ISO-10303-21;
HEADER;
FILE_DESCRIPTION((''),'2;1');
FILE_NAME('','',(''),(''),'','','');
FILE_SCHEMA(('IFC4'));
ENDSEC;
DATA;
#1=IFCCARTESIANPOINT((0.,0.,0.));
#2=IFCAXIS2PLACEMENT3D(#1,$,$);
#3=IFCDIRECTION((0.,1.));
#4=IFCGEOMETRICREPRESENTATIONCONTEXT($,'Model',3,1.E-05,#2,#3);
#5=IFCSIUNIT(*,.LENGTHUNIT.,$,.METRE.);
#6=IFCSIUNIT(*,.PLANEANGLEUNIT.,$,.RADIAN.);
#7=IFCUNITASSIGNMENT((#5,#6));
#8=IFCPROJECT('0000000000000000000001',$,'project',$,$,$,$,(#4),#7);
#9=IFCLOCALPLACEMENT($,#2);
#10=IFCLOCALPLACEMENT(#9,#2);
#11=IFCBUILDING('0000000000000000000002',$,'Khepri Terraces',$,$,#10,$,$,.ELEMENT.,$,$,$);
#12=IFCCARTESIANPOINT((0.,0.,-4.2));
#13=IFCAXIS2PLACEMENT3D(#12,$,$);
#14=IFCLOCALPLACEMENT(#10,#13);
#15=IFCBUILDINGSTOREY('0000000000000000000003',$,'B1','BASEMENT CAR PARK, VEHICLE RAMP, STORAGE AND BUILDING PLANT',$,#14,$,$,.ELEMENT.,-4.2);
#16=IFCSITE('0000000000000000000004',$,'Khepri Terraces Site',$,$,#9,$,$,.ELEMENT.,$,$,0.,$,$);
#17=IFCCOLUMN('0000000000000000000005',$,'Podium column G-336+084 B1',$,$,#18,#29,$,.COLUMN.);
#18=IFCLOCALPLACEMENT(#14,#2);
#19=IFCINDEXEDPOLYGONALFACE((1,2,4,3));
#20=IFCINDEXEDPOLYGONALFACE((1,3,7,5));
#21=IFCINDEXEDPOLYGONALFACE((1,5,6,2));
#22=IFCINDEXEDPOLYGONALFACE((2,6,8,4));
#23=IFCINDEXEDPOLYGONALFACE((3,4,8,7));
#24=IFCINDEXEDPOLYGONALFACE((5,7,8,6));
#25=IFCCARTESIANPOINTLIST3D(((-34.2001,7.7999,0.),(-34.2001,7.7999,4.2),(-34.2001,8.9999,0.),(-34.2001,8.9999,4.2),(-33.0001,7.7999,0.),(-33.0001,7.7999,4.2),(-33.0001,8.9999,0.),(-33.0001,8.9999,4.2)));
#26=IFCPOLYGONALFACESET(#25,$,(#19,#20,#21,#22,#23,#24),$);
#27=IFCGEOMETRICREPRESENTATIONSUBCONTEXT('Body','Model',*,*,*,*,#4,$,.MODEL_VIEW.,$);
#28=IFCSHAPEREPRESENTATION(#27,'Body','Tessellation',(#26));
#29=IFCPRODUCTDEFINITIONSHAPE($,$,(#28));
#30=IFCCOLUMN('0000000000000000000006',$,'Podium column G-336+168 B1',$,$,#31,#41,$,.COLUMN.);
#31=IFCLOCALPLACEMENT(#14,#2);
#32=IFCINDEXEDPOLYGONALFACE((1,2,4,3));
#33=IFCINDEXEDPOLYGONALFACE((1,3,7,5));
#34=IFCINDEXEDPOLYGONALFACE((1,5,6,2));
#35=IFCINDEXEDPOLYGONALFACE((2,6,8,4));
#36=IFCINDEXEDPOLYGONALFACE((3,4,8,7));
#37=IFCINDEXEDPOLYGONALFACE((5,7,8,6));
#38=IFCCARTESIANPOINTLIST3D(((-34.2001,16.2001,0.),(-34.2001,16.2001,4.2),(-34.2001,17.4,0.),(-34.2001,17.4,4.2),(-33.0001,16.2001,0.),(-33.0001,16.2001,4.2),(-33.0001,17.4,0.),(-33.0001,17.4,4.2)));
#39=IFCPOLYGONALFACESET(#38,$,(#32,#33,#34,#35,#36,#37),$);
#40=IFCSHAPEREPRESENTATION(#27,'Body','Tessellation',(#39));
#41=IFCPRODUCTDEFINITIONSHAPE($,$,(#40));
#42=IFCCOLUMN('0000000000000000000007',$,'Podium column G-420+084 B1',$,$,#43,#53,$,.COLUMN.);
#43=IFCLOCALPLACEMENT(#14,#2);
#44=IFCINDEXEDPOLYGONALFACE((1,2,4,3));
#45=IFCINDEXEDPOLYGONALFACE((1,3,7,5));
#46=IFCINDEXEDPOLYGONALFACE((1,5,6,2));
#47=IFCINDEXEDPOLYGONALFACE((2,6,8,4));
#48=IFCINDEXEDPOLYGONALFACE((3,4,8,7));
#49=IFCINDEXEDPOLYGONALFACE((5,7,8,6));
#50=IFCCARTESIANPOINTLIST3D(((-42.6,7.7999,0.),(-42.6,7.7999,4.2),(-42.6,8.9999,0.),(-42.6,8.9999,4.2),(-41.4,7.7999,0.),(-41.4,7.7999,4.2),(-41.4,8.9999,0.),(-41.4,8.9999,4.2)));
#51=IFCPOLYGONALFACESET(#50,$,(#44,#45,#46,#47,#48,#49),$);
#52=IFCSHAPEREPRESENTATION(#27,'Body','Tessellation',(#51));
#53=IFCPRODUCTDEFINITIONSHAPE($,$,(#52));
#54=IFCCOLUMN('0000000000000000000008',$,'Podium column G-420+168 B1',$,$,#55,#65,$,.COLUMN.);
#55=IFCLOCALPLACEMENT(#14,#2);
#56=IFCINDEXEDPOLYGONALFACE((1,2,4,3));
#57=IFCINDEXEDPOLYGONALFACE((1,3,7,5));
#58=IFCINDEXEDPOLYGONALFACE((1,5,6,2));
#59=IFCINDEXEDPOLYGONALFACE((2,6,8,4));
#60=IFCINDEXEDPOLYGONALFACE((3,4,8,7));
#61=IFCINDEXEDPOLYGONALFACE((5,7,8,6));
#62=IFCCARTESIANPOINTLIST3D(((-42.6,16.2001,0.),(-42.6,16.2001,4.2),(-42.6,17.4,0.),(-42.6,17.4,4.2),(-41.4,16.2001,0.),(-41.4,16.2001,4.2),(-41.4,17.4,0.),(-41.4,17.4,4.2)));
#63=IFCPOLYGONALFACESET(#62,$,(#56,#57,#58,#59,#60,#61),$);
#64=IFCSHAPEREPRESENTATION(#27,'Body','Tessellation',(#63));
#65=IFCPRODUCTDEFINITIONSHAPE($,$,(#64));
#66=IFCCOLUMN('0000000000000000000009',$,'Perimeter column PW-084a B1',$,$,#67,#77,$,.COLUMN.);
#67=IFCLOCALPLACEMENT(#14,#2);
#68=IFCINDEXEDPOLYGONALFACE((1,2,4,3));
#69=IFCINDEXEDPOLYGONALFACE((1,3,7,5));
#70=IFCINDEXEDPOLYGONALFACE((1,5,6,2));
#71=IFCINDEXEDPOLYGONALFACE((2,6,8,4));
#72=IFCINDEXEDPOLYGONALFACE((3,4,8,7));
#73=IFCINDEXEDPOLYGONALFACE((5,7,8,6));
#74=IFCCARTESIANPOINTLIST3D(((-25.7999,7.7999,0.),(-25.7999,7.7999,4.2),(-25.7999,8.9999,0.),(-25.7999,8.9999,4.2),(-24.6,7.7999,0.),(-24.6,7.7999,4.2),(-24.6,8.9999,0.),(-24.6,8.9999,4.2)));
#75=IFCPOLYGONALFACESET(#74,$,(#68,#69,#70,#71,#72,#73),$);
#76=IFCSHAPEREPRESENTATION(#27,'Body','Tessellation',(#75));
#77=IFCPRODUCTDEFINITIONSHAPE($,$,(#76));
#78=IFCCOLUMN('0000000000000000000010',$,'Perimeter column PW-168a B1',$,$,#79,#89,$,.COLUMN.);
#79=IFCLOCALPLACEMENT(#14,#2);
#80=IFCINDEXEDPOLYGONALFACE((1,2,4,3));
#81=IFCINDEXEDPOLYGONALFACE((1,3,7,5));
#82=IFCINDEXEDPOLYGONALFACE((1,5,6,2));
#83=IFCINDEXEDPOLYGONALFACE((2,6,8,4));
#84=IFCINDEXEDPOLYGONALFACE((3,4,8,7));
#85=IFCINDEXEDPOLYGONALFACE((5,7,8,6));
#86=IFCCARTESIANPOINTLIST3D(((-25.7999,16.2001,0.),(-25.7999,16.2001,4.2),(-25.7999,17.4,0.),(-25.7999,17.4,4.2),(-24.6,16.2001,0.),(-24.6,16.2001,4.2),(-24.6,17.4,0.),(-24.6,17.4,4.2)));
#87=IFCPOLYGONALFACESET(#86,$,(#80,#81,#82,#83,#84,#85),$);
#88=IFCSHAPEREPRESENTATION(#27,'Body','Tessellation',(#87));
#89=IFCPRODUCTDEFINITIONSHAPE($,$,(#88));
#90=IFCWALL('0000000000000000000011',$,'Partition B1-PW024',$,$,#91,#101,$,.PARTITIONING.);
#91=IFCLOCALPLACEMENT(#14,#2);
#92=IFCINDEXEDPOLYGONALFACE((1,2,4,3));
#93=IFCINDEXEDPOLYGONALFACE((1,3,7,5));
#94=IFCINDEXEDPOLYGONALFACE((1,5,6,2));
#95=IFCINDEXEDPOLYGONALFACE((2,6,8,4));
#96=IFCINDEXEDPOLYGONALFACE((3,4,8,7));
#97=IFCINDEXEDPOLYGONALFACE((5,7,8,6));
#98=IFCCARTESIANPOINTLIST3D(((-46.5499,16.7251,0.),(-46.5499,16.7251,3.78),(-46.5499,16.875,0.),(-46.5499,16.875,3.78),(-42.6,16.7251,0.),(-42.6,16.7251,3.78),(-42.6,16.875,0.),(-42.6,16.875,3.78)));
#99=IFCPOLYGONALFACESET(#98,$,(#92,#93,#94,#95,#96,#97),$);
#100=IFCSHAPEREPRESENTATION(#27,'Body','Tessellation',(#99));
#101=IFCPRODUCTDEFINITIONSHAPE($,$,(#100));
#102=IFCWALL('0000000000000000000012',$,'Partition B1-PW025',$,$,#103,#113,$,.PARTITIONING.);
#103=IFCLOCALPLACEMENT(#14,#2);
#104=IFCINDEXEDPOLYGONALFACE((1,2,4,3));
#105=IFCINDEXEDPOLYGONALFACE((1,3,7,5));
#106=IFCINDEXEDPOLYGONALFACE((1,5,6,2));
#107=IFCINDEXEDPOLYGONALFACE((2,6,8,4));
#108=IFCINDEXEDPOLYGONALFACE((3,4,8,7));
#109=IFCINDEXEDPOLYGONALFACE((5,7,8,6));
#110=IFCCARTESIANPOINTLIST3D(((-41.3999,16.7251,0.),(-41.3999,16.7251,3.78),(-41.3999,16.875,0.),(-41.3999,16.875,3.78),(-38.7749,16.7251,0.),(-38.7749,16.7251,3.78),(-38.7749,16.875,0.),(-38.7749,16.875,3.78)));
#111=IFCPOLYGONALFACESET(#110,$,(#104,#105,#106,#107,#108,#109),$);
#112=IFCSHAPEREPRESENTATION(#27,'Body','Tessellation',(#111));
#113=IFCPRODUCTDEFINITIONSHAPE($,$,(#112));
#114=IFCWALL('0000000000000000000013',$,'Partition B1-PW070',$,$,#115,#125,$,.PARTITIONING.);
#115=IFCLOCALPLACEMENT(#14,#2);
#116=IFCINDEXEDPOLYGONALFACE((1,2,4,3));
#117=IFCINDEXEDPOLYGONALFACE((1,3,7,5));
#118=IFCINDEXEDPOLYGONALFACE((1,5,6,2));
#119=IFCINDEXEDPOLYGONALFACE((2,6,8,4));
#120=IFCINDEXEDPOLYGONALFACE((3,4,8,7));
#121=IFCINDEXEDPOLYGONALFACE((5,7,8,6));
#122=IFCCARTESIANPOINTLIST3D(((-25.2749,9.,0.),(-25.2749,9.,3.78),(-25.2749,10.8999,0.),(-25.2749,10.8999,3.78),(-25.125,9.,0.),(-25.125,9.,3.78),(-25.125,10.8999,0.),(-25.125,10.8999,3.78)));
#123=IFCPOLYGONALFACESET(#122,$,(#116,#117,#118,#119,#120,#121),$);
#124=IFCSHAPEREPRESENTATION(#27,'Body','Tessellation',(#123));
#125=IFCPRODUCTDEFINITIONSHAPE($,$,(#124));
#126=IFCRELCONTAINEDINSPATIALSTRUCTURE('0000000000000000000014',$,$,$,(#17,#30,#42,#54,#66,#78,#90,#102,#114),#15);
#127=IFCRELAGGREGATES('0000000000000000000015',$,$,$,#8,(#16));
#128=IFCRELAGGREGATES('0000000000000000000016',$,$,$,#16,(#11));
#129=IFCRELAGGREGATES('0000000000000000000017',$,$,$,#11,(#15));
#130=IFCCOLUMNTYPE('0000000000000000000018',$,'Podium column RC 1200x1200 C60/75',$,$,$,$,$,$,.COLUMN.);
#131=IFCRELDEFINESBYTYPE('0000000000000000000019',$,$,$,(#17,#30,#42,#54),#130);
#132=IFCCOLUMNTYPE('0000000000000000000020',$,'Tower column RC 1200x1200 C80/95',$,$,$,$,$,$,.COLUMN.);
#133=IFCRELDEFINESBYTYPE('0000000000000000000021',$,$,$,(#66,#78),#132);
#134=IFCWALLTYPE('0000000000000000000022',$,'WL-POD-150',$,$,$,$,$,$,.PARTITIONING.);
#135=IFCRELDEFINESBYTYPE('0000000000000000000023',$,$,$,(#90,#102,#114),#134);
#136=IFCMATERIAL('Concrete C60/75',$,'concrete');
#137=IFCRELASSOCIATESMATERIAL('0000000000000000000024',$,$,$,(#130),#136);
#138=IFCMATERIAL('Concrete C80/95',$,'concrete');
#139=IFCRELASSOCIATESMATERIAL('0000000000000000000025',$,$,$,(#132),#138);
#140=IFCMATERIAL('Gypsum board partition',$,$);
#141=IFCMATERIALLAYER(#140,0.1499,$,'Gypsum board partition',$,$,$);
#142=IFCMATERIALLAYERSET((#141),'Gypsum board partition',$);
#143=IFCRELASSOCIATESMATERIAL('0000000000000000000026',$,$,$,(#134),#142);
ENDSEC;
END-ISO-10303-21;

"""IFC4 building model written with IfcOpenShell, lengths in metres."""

from ifc_helpers import new_model, si_unit, direction, frame, frame_2d, origin, origin_2d, place, context, subcontext, project, spatial, rectangle, extrude, material, layer, layer_set, material_profile, profile_set, type_object, element, save


model = new_model("IFC4")

# Units and contexts
model_context = context("Model", 3, precision=1e-05, world=origin(), true_north=direction((0.0, 1.0)))
body_context = subcontext(model_context, "Body", "Model", "MODEL_VIEW")
ifc_project = project(units=[si_unit("LENGTHUNIT", "METRE"), si_unit("PLANEANGLEUNIT", "RADIAN")], contexts=[model_context])

# Site, building, storey
site_placement = place(None, origin())
site = spatial("IfcSite", under=ifc_project, at=site_placement, Name="Khepri Terraces Site", CompositionType="ELEMENT", RefElevation=0.0)
building_placement = place(site_placement, origin())
building = spatial("IfcBuilding", under=site, at=building_placement, Name="Khepri Terraces", CompositionType="ELEMENT")
storey_placement = place(building_placement, frame((0.0, 0.0, -4.2)))
storey = spatial("IfcBuildingStorey", under=building, at=storey_placement, Name="B1", Description="BASEMENT CAR PARK, VEHICLE RAMP, STORAGE AND BUILDING PLANT", CompositionType="ELEMENT", Elevation=-4.2)

# Columns
ifc_material_1 = material(Name="Concrete C60/75", Category="concrete")
ifc_material_profile_1 = material_profile(ifc_material_1, rectangle(XDim=1.2, YDim=1.2, at=origin_2d()), Name="Concrete C60/75", Category="concrete")
ifc_profile_set_1 = profile_set([ifc_material_profile_1], Name="Concrete C60/75")
column_type_1 = type_object("IfcColumnType", Name="Podium column RC 1200x1200 C60/75", PredefinedType="COLUMN", material=ifc_profile_set_1)
for number, where, z_axis, x_axis, name in (
    (1, (-33.6001, 8.3999, 0.0), (0.0, 0.0, 1.0), (1.0, 0.0, 0.0), "Podium column G-336+084 B1"),
    (2, (-33.6001, 16.8, 0.0), (0.0, 0.0, 1.0), (1.0, 0.0, 0.0), "Podium column G-336+168 B1"),
    (3, (-42.0, 8.3999, 0.0), (0.0, 0.0, 1.0), (1.0, 0.0, 0.0), "Podium column G-420+084 B1"),
    (4, (-42.0, 16.8, 0.0), (0.0, 0.0, 1.0), (1.0, 0.0, 0.0), "Podium column G-420+168 B1"),
):
    element("IfcColumn", number, at=place(storey_placement, frame(where, z_axis=z_axis, x_axis=x_axis)), inside=storey, type_object=column_type_1, Name=name, PredefinedType="COLUMN", context=body_context, shape_type="SweptSolid", body=[
        extrude(rectangle(XDim=1.2, YDim=1.2, at=origin_2d()), origin(), (0.0, 0.0, 1.0), 4.2),
    ])
ifc_material_2 = material(Name="Concrete C80/95", Category="concrete")
ifc_material_profile_2 = material_profile(ifc_material_2, rectangle(XDim=1.2, YDim=1.2, at=origin_2d()), Name="Concrete C80/95", Category="concrete")
ifc_profile_set_2 = profile_set([ifc_material_profile_2], Name="Concrete C80/95")
column_type_2 = type_object("IfcColumnType", Name="Tower column RC 1200x1200 C80/95", PredefinedType="COLUMN", material=ifc_profile_set_2)
for number, where, z_axis, x_axis, name in (
    (5, (-25.2, 8.3999, 0.0), (0.0, 0.0, 1.0), (1.0, 0.0, 0.0), "Perimeter column PW-084a B1"),
    (6, (-25.2, 16.8, 0.0), (0.0, 0.0, 1.0), (1.0, 0.0, 0.0), "Perimeter column PW-168a B1"),
):
    element("IfcColumn", number, at=place(storey_placement, frame(where, z_axis=z_axis, x_axis=x_axis)), inside=storey, type_object=column_type_2, Name=name, PredefinedType="COLUMN", context=body_context, shape_type="SweptSolid", body=[
        extrude(rectangle(XDim=1.2, YDim=1.2, at=origin_2d()), origin(), (0.0, 0.0, 1.0), 4.2),
    ])

# Walls
ifc_material_3 = material(Name="Gypsum board partition")
ifc_layer_1 = layer(ifc_material_3, 0.1499, Name="Gypsum board partition")
ifc_layer_set_1 = layer_set([ifc_layer_1], Name="Gypsum board partition")
wall_type_1 = type_object("IfcWallType", Name="WL-POD-150", PredefinedType="PARTITIONING", material=ifc_layer_set_1)
wall_1_placement = place(storey_placement, frame((-46.55, 16.8, 0.0), z_axis=(0.0, 0.0, 1.0), x_axis=(1.0, 0.0, 0.0)))
element("IfcWall", 7, at=wall_1_placement, inside=storey, type_object=wall_type_1, Name="Partition B1-PW024", PredefinedType="PARTITIONING", context=body_context, shape_type="SweptSolid", body=[
    extrude(rectangle(XDim=3.95, YDim=0.1499, at=frame_2d((1.9751, 0.0))), origin(), (0.0, 0.0, 1.0), 3.78),
])
wall_2_placement = place(storey_placement, frame((-41.3999, 16.8, 0.0), z_axis=(0.0, 0.0, 1.0), x_axis=(1.0, 0.0, 0.0)))
element("IfcWall", 8, at=wall_2_placement, inside=storey, type_object=wall_type_1, Name="Partition B1-PW025", PredefinedType="PARTITIONING", context=body_context, shape_type="SweptSolid", body=[
    extrude(rectangle(XDim=2.625, YDim=0.1499, at=frame_2d((1.3125, 0.0))), origin(), (0.0, 0.0, 1.0), 3.78),
])
wall_3_placement = place(storey_placement, frame((-25.2, 9.0, 0.0), z_axis=(0.0, 0.0, 1.0), x_axis=(0.0, 1.0, 0.0)))
element("IfcWall", 9, at=wall_3_placement, inside=storey, type_object=wall_type_1, Name="Partition B1-PW070", PredefinedType="PARTITIONING", context=body_context, shape_type="SweptSolid", body=[
    extrude(rectangle(XDim=1.8999, YDim=0.1499, at=frame_2d((0.95, 0.0))), origin(), (0.0, 0.0, 1.0), 3.78),
])

save(model, "model.ifc")
